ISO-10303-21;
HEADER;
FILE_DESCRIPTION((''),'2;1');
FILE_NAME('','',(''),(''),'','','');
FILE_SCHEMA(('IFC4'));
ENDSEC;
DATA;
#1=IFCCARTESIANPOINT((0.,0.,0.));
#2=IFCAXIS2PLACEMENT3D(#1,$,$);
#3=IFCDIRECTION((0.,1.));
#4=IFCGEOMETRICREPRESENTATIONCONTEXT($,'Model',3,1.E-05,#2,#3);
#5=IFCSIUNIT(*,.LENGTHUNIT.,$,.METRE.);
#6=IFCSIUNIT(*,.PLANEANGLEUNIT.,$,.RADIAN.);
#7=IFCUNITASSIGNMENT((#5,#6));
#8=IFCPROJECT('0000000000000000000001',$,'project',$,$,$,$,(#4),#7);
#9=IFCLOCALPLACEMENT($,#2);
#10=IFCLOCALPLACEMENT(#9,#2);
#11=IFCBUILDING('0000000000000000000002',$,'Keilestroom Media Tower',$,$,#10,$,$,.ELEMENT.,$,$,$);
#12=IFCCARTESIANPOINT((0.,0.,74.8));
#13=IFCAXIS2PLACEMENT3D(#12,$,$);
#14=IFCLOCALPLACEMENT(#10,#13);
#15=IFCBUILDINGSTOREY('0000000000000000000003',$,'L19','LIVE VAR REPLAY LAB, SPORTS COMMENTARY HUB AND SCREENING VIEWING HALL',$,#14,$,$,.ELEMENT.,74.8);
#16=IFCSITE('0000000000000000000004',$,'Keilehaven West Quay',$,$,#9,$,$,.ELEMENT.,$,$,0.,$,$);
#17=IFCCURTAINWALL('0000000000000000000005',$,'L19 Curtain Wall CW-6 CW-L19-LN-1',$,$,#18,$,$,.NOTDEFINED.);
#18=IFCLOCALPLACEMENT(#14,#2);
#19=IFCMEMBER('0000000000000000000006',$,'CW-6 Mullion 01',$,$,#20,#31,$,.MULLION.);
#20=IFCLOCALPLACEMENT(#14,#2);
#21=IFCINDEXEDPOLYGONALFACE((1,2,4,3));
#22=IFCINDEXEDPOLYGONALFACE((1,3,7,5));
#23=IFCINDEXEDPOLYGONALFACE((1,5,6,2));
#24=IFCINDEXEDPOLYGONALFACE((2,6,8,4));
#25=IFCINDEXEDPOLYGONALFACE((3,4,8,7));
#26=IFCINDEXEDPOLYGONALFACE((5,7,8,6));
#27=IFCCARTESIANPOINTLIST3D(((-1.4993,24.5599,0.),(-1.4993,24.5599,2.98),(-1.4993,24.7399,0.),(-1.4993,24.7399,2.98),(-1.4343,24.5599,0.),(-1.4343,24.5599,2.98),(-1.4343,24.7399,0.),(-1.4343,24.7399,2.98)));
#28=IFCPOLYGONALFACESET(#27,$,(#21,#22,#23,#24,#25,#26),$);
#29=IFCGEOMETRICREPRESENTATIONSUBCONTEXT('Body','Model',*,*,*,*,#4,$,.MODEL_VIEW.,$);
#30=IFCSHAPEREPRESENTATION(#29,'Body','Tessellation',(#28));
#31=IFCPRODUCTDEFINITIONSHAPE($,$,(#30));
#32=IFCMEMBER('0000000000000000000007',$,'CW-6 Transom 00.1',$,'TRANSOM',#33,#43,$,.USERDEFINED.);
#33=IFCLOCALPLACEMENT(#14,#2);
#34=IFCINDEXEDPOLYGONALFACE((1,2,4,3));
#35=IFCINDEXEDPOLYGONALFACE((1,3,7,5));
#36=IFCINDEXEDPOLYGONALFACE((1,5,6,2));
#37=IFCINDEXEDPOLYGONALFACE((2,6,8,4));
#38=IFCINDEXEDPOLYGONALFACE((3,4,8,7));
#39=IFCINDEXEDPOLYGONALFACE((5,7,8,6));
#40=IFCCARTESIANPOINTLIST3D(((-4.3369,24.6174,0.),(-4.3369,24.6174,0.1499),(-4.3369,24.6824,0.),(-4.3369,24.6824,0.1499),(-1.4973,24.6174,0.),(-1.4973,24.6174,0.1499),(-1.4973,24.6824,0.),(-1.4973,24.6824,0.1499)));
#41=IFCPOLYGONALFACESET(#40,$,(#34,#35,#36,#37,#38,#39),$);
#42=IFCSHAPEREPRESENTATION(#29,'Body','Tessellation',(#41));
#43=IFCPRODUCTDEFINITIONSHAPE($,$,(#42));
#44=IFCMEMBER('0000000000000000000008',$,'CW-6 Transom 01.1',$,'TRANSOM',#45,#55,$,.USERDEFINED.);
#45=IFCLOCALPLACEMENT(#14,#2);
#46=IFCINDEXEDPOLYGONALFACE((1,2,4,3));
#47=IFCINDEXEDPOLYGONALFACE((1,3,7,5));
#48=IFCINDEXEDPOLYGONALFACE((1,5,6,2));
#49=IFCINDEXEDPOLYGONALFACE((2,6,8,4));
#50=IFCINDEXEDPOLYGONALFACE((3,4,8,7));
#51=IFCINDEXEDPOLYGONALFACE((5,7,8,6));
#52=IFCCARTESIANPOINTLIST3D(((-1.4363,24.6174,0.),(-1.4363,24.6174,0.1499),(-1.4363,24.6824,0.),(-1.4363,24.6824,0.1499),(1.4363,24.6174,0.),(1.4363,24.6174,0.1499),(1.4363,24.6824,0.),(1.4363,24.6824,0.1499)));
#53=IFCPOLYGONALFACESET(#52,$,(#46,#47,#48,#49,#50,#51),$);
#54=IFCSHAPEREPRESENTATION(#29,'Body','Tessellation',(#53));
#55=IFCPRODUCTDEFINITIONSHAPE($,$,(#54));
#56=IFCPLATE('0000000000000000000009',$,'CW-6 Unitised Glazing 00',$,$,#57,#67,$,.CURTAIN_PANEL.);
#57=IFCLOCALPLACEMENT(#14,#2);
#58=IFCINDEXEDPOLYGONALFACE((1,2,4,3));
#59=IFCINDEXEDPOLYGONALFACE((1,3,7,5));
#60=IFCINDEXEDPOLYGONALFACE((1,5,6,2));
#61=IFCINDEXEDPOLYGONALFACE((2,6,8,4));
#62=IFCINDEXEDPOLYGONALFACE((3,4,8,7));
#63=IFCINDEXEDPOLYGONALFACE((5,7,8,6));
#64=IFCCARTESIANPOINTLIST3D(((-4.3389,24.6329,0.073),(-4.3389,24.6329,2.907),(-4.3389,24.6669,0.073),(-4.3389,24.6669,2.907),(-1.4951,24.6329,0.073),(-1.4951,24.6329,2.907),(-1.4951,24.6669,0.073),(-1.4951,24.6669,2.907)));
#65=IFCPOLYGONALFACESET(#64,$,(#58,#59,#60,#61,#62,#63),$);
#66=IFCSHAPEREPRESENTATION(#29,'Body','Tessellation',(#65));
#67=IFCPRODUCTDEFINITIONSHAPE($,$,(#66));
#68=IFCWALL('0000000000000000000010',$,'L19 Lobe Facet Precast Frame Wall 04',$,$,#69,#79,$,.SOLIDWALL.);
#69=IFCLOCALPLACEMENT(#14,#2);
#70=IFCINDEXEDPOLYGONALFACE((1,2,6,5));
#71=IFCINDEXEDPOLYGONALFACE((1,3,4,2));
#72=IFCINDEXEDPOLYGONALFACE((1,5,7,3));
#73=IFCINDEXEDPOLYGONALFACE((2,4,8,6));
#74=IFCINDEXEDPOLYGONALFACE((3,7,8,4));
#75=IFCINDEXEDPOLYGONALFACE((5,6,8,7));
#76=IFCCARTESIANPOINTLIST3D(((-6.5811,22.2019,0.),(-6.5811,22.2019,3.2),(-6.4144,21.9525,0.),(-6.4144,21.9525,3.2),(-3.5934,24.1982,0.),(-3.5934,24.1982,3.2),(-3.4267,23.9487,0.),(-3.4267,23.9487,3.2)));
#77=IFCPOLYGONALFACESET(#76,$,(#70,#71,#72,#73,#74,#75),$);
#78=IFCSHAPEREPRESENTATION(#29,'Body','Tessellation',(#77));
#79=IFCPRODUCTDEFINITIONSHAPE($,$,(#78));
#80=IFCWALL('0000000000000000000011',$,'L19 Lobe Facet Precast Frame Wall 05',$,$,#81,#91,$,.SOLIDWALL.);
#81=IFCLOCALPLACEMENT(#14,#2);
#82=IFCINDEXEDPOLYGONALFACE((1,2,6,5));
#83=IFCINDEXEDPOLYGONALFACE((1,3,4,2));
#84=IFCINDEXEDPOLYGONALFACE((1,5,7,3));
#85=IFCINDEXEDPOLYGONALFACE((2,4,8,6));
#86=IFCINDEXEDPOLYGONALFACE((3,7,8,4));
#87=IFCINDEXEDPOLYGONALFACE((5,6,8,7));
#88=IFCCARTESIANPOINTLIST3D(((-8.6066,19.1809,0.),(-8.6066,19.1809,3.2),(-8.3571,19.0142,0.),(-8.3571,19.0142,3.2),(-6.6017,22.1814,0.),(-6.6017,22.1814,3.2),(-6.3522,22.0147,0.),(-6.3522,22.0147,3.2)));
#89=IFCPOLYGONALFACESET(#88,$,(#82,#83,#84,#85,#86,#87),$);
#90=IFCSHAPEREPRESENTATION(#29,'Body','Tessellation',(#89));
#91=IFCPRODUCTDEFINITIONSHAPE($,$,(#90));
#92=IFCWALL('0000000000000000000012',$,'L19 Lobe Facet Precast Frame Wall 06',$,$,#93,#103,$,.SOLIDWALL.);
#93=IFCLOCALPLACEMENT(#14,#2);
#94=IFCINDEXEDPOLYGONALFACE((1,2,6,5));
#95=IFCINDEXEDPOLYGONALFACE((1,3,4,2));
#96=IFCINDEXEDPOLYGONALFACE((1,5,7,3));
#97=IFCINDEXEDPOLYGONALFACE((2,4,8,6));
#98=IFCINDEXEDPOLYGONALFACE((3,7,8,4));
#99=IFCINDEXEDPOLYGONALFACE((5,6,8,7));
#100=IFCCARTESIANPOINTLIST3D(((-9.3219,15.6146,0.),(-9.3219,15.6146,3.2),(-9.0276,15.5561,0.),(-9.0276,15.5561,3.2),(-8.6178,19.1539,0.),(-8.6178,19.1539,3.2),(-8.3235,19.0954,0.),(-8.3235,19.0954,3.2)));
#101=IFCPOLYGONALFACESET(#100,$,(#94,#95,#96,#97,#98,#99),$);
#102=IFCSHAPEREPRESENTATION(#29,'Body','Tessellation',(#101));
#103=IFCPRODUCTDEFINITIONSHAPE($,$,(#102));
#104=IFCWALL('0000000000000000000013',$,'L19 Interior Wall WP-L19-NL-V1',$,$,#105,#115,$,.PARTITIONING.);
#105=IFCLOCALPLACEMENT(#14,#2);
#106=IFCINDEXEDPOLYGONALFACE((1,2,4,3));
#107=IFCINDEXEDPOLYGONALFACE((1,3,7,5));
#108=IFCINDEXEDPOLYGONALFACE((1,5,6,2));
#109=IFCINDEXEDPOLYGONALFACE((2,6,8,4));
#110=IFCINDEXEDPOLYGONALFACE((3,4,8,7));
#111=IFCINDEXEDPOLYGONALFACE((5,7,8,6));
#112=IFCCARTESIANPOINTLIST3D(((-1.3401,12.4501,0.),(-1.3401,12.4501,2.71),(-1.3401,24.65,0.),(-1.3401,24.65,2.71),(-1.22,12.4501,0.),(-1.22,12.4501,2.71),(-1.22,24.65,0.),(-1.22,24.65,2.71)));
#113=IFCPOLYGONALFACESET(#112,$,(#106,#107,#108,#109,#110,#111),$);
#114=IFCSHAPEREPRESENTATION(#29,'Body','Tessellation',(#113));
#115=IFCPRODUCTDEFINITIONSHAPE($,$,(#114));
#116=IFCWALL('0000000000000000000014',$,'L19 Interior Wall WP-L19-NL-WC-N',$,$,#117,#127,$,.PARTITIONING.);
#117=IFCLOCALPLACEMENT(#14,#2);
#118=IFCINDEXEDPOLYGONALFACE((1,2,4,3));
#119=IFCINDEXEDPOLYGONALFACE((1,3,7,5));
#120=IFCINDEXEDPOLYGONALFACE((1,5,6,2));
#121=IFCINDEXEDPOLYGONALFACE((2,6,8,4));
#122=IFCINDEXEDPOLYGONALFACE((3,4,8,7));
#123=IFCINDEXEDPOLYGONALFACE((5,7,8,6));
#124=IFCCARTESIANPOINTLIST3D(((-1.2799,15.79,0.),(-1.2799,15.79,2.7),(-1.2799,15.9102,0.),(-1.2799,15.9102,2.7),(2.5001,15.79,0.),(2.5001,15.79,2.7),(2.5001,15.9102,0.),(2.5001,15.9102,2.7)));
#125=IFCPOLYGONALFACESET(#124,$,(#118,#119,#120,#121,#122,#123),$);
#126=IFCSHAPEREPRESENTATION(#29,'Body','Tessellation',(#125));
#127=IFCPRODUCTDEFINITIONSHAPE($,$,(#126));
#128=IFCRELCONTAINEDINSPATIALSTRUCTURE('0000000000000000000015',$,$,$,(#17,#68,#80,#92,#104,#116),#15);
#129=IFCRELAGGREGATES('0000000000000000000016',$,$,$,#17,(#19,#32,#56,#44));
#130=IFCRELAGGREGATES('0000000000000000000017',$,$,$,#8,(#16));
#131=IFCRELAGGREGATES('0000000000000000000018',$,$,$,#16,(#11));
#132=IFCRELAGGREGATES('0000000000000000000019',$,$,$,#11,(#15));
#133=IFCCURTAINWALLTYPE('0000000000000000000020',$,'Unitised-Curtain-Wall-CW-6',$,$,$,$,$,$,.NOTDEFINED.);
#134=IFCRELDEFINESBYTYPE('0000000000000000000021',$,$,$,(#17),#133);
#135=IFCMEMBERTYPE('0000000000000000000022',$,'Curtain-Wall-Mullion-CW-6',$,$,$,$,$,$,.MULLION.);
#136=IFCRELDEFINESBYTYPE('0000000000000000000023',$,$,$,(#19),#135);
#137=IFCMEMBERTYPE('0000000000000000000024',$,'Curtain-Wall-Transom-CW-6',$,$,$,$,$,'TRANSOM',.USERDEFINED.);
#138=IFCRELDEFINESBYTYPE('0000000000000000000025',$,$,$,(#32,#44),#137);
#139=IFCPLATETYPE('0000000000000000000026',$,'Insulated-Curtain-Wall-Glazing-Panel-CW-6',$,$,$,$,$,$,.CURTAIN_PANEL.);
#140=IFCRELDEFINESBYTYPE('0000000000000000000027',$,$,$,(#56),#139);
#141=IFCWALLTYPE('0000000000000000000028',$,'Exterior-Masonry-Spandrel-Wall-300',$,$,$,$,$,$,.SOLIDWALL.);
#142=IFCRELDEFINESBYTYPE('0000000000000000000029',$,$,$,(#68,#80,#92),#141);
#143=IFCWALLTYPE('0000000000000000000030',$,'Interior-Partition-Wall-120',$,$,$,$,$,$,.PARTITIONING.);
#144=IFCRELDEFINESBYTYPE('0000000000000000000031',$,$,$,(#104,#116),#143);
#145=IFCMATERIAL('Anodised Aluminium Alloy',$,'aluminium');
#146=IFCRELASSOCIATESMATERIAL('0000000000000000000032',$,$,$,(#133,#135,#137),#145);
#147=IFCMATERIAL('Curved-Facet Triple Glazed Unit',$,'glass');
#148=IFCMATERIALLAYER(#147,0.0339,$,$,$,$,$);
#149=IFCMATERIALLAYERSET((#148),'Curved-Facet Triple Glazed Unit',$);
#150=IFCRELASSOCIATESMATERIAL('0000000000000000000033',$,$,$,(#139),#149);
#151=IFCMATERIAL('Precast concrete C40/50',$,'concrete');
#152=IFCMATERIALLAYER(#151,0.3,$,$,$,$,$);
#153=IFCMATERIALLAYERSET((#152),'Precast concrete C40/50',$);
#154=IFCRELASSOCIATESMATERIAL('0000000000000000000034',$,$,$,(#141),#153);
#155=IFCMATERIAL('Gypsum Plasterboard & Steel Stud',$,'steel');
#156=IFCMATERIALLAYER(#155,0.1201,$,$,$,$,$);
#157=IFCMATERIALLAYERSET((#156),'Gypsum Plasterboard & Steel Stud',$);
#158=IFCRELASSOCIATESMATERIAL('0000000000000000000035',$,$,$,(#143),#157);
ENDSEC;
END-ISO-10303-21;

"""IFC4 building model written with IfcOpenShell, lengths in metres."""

from ifc_helpers import new_model, si_unit, direction, frame, frame_2d, origin, origin_2d, place, context, subcontext, project, spatial, rectangle, extrude, source, transform, mapped, material, layer, layer_set, material_profile, profile_set, type_object, element, aggregate, save


model = new_model("IFC4")

# Units and contexts
model_context = context("Model", 3, precision=1e-05, world=origin(), true_north=direction((0.0, 1.0)))
body_context = subcontext(model_context, "Body", "Model", "MODEL_VIEW")
ifc_project = project(units=[si_unit("LENGTHUNIT", "METRE"), si_unit("PLANEANGLEUNIT", "RADIAN")], contexts=[model_context])

# Site, building, storey
site_placement = place(None, origin())
site = spatial("IfcSite", under=ifc_project, at=site_placement, Name="Keilehaven West Quay", CompositionType="ELEMENT", RefElevation=0.0)
building_placement = place(site_placement, origin())
building = spatial("IfcBuilding", under=site, at=building_placement, Name="Keilestroom Media Tower", CompositionType="ELEMENT")
storey_placement = place(building_placement, frame((0.0, 0.0, 74.8)))
storey = spatial("IfcBuildingStorey", under=building, at=storey_placement, Name="L19", Description="LIVE VAR REPLAY LAB, SPORTS COMMENTARY HUB AND SCREENING VIEWING HALL", CompositionType="ELEMENT", Elevation=74.8)

# Curtain wall, members, plate
ifc_material_1 = material(Name="Anodised Aluminium Alloy", Category="aluminium")
curtain_wall_type = type_object("IfcCurtainWallType", Name="Unitised-Curtain-Wall-CW-6", PredefinedType="NOTDEFINED", material=ifc_material_1)
curtain_wall_placement = place(storey_placement, origin())
curtain_wall = element("IfcCurtainWall", 1, at=curtain_wall_placement, inside=storey, type_object=curtain_wall_type, Name="L19 Curtain Wall CW-6 CW-L19-LN-1", PredefinedType="NOTDEFINED")
ifc_material_profile_1 = material_profile(ifc_material_1, rectangle(XDim=0.0649, YDim=0.1799, at=origin_2d()), Name="ALU MULLION 65x180")
ifc_profile_set_1 = profile_set([ifc_material_profile_1], Name="Anodised Aluminium Alloy")
member_type_1 = type_object("IfcMemberType", Name="Curtain-Wall-Mullion-CW-6", PredefinedType="MULLION", material=ifc_profile_set_1)
shared_shape_1 = source(origin(), body_context, "Body", "SweptSolid", [
    extrude(rectangle(XDim=0.0649, YDim=0.1799, at=origin_2d()), origin(), (0.0, 0.0, 1.0), 2.98),
])
member_1_placement = place(storey_placement, frame((-1.4668, 24.6499, 0.0), z_axis=(0.0, 0.0, 1.0), x_axis=(1.0, 0.0, 0.0)))
member_1 = element("IfcMember", 2, at=member_1_placement, type_object=member_type_1, Name="CW-6 Mullion 01", PredefinedType="MULLION", context=body_context, shape_type="MappedRepresentation", body=[
    mapped(shared_shape_1, transform((0.0, 0.0, 0.0), x_axis=(1.0, 0.0, 0.0), y_axis=(0.0, 1.0, 0.0), z_axis=(0.0, 0.0, 1.0), scale=1.0)),
])
ifc_material_profile_2 = material_profile(ifc_material_1, rectangle(XDim=0.0649, YDim=0.1499, at=origin_2d()), Name="ALU TRANSOM 65x150")
ifc_profile_set_2 = profile_set([ifc_material_profile_2], Name="Anodised Aluminium Alloy")
member_type_2 = type_object("IfcMemberType", Name="Curtain-Wall-Transom-CW-6", ElementType="TRANSOM", PredefinedType="USERDEFINED", material=ifc_profile_set_2)
shared_shape_2 = source(origin(), body_context, "Body", "SweptSolid", [
    extrude(rectangle(XDim=0.0649, YDim=0.1499, at=origin_2d()), origin(), (0.0, 0.0, 1.0), 2.8396),
])
member_2_placement = place(storey_placement, frame((-4.3369, 24.6499, 0.075), z_axis=(1.0, 0.0, 0.0), x_axis=(0.0, 1.0, 0.0)))
member_2 = element("IfcMember", 3, at=member_2_placement, type_object=member_type_2, Name="CW-6 Transom 00.1", ObjectType="TRANSOM", PredefinedType="USERDEFINED", context=body_context, shape_type="MappedRepresentation", body=[
    mapped(shared_shape_2, transform((0.0, 0.0, 0.0), x_axis=(1.0, 0.0, 0.0), y_axis=(0.0, 1.0, 0.0), z_axis=(0.0, 0.0, 1.0), scale=1.0)),
])
shared_shape_3 = source(origin(), body_context, "Body", "SweptSolid", [
    extrude(rectangle(XDim=0.0649, YDim=0.1499, at=origin_2d()), origin(), (0.0, 0.0, 1.0), 2.8726),
])
member_3_placement = place(storey_placement, frame((-1.4363, 24.6499, 0.075), z_axis=(1.0, 0.0, 0.0), x_axis=(0.0, 1.0, 0.0)))
member_3 = element("IfcMember", 4, at=member_3_placement, type_object=member_type_2, Name="CW-6 Transom 01.1", ObjectType="TRANSOM", PredefinedType="USERDEFINED", context=body_context, shape_type="MappedRepresentation", body=[
    mapped(shared_shape_3, transform((0.0, 0.0, 0.0), x_axis=(1.0, 0.0, 0.0), y_axis=(0.0, 1.0, 0.0), z_axis=(0.0, 0.0, 1.0), scale=1.0)),
])
ifc_material_2 = material(Name="Curved-Facet Triple Glazed Unit", Category="glass")
ifc_layer_1 = layer(ifc_material_2, 0.0339)
ifc_layer_set_1 = layer_set([ifc_layer_1], Name="Curved-Facet Triple Glazed Unit")
plate_type = type_object("IfcPlateType", Name="Insulated-Curtain-Wall-Glazing-Panel-CW-6", PredefinedType="CURTAIN_PANEL", material=ifc_layer_set_1)
shared_shape_4 = source(origin(), body_context, "Body", "SweptSolid", [
    extrude(rectangle(XDim=2.8438, YDim=0.0339, at=origin_2d()), origin(), (0.0, 0.0, 1.0), 2.834),
])
plate_placement = place(storey_placement, frame((-2.917, 24.6499, 0.073), z_axis=(0.0, 0.0, 1.0), x_axis=(1.0, 0.0, 0.0)))
plate = element("IfcPlate", 5, at=plate_placement, type_object=plate_type, Name="CW-6 Unitised Glazing 00", PredefinedType="CURTAIN_PANEL", context=body_context, shape_type="MappedRepresentation", body=[
    mapped(shared_shape_4, transform((0.0, 0.0, 0.0), x_axis=(1.0, 0.0, 0.0), y_axis=(0.0, 1.0, 0.0), z_axis=(0.0, 0.0, 1.0), scale=1.0)),
])
aggregate(curtain_wall, [member_1, member_2, plate, member_3])

# Walls
ifc_material_3 = material(Name="Precast concrete C40/50", Category="concrete")
ifc_layer_2 = layer(ifc_material_3, 0.3)
ifc_layer_set_2 = layer_set([ifc_layer_2], Name="Precast concrete C40/50")
wall_type_1 = type_object("IfcWallType", Name="Exterior-Masonry-Spandrel-Wall-300", PredefinedType="SOLIDWALL", material=ifc_layer_set_2)
wall_1_placement = place(storey_placement, frame((-3.51, 24.0735, 0.0), z_axis=(0.0, 0.0, 1.0), x_axis=(-0.831475, -0.555562, 0.0)))
element("IfcWall", 6, at=wall_1_placement, inside=storey, type_object=wall_type_1, Name="L19 Lobe Facet Precast Frame Wall 04", PredefinedType="SOLIDWALL", context=body_context, shape_type="SweptSolid", body=[
    extrude(rectangle(XDim=3.5933, YDim=0.3, at=frame_2d((1.7966, 0.0))), origin(), (0.0, 0.0, 1.0), 3.2),
])
for number, where, z_axis, x_axis, name in (
    (7, (-6.4771, 22.0979, 0.0), (0.0, 0.0, 1.0), (-0.555574, -0.831467, 0.0), "L19 Lobe Facet Precast Frame Wall 05"),
    (8, (-8.4707, 19.1245, 0.0), (0.0, 0.0, 1.0), (-0.195114, -0.980781, 0.0), "L19 Lobe Facet Precast Frame Wall 06"),
):
    element("IfcWall", number, at=place(storey_placement, frame(where, z_axis=z_axis, x_axis=x_axis)), inside=storey, type_object=wall_type_1, Name=name, PredefinedType="SOLIDWALL", context=body_context, shape_type="SweptSolid", body=[
        extrude(rectangle(XDim=3.6086, YDim=0.3, at=frame_2d((1.8042, 0.0))), origin(), (0.0, 0.0, 1.0), 3.2),
    ])
ifc_material_4 = material(Name="Gypsum Plasterboard & Steel Stud", Category="steel")
ifc_layer_3 = layer(ifc_material_4, 0.1201)
ifc_layer_set_3 = layer_set([ifc_layer_3], Name="Gypsum Plasterboard & Steel Stud")
wall_type_2 = type_object("IfcWallType", Name="Interior-Partition-Wall-120", PredefinedType="PARTITIONING", material=ifc_layer_set_3)
wall_2_placement = place(storey_placement, frame((-1.28, 12.45, 0.0), z_axis=(0.0, 0.0, 1.0), x_axis=(0.0, 1.0, 0.0)))
element("IfcWall", 9, at=wall_2_placement, inside=storey, type_object=wall_type_2, Name="L19 Interior Wall WP-L19-NL-V1", PredefinedType="PARTITIONING", context=body_context, shape_type="SweptSolid", body=[
    extrude(rectangle(XDim=12.2, YDim=0.1201, at=frame_2d((6.1001, 0.0))), origin(), (0.0, 0.0, 1.0), 2.71),
])
wall_3_placement = place(storey_placement, frame((-1.28, 15.8501, 0.0), z_axis=(0.0, 0.0, 1.0), x_axis=(1.0, 0.0, 0.0)))
element("IfcWall", 10, at=wall_3_placement, inside=storey, type_object=wall_type_2, Name="L19 Interior Wall WP-L19-NL-WC-N", PredefinedType="PARTITIONING", context=body_context, shape_type="SweptSolid", body=[
    extrude(rectangle(XDim=3.78, YDim=0.1201, at=frame_2d((1.8901, 0.0))), origin(), (0.0, 0.0, 1.0), 2.7),
])

save(model, "model.ifc")
